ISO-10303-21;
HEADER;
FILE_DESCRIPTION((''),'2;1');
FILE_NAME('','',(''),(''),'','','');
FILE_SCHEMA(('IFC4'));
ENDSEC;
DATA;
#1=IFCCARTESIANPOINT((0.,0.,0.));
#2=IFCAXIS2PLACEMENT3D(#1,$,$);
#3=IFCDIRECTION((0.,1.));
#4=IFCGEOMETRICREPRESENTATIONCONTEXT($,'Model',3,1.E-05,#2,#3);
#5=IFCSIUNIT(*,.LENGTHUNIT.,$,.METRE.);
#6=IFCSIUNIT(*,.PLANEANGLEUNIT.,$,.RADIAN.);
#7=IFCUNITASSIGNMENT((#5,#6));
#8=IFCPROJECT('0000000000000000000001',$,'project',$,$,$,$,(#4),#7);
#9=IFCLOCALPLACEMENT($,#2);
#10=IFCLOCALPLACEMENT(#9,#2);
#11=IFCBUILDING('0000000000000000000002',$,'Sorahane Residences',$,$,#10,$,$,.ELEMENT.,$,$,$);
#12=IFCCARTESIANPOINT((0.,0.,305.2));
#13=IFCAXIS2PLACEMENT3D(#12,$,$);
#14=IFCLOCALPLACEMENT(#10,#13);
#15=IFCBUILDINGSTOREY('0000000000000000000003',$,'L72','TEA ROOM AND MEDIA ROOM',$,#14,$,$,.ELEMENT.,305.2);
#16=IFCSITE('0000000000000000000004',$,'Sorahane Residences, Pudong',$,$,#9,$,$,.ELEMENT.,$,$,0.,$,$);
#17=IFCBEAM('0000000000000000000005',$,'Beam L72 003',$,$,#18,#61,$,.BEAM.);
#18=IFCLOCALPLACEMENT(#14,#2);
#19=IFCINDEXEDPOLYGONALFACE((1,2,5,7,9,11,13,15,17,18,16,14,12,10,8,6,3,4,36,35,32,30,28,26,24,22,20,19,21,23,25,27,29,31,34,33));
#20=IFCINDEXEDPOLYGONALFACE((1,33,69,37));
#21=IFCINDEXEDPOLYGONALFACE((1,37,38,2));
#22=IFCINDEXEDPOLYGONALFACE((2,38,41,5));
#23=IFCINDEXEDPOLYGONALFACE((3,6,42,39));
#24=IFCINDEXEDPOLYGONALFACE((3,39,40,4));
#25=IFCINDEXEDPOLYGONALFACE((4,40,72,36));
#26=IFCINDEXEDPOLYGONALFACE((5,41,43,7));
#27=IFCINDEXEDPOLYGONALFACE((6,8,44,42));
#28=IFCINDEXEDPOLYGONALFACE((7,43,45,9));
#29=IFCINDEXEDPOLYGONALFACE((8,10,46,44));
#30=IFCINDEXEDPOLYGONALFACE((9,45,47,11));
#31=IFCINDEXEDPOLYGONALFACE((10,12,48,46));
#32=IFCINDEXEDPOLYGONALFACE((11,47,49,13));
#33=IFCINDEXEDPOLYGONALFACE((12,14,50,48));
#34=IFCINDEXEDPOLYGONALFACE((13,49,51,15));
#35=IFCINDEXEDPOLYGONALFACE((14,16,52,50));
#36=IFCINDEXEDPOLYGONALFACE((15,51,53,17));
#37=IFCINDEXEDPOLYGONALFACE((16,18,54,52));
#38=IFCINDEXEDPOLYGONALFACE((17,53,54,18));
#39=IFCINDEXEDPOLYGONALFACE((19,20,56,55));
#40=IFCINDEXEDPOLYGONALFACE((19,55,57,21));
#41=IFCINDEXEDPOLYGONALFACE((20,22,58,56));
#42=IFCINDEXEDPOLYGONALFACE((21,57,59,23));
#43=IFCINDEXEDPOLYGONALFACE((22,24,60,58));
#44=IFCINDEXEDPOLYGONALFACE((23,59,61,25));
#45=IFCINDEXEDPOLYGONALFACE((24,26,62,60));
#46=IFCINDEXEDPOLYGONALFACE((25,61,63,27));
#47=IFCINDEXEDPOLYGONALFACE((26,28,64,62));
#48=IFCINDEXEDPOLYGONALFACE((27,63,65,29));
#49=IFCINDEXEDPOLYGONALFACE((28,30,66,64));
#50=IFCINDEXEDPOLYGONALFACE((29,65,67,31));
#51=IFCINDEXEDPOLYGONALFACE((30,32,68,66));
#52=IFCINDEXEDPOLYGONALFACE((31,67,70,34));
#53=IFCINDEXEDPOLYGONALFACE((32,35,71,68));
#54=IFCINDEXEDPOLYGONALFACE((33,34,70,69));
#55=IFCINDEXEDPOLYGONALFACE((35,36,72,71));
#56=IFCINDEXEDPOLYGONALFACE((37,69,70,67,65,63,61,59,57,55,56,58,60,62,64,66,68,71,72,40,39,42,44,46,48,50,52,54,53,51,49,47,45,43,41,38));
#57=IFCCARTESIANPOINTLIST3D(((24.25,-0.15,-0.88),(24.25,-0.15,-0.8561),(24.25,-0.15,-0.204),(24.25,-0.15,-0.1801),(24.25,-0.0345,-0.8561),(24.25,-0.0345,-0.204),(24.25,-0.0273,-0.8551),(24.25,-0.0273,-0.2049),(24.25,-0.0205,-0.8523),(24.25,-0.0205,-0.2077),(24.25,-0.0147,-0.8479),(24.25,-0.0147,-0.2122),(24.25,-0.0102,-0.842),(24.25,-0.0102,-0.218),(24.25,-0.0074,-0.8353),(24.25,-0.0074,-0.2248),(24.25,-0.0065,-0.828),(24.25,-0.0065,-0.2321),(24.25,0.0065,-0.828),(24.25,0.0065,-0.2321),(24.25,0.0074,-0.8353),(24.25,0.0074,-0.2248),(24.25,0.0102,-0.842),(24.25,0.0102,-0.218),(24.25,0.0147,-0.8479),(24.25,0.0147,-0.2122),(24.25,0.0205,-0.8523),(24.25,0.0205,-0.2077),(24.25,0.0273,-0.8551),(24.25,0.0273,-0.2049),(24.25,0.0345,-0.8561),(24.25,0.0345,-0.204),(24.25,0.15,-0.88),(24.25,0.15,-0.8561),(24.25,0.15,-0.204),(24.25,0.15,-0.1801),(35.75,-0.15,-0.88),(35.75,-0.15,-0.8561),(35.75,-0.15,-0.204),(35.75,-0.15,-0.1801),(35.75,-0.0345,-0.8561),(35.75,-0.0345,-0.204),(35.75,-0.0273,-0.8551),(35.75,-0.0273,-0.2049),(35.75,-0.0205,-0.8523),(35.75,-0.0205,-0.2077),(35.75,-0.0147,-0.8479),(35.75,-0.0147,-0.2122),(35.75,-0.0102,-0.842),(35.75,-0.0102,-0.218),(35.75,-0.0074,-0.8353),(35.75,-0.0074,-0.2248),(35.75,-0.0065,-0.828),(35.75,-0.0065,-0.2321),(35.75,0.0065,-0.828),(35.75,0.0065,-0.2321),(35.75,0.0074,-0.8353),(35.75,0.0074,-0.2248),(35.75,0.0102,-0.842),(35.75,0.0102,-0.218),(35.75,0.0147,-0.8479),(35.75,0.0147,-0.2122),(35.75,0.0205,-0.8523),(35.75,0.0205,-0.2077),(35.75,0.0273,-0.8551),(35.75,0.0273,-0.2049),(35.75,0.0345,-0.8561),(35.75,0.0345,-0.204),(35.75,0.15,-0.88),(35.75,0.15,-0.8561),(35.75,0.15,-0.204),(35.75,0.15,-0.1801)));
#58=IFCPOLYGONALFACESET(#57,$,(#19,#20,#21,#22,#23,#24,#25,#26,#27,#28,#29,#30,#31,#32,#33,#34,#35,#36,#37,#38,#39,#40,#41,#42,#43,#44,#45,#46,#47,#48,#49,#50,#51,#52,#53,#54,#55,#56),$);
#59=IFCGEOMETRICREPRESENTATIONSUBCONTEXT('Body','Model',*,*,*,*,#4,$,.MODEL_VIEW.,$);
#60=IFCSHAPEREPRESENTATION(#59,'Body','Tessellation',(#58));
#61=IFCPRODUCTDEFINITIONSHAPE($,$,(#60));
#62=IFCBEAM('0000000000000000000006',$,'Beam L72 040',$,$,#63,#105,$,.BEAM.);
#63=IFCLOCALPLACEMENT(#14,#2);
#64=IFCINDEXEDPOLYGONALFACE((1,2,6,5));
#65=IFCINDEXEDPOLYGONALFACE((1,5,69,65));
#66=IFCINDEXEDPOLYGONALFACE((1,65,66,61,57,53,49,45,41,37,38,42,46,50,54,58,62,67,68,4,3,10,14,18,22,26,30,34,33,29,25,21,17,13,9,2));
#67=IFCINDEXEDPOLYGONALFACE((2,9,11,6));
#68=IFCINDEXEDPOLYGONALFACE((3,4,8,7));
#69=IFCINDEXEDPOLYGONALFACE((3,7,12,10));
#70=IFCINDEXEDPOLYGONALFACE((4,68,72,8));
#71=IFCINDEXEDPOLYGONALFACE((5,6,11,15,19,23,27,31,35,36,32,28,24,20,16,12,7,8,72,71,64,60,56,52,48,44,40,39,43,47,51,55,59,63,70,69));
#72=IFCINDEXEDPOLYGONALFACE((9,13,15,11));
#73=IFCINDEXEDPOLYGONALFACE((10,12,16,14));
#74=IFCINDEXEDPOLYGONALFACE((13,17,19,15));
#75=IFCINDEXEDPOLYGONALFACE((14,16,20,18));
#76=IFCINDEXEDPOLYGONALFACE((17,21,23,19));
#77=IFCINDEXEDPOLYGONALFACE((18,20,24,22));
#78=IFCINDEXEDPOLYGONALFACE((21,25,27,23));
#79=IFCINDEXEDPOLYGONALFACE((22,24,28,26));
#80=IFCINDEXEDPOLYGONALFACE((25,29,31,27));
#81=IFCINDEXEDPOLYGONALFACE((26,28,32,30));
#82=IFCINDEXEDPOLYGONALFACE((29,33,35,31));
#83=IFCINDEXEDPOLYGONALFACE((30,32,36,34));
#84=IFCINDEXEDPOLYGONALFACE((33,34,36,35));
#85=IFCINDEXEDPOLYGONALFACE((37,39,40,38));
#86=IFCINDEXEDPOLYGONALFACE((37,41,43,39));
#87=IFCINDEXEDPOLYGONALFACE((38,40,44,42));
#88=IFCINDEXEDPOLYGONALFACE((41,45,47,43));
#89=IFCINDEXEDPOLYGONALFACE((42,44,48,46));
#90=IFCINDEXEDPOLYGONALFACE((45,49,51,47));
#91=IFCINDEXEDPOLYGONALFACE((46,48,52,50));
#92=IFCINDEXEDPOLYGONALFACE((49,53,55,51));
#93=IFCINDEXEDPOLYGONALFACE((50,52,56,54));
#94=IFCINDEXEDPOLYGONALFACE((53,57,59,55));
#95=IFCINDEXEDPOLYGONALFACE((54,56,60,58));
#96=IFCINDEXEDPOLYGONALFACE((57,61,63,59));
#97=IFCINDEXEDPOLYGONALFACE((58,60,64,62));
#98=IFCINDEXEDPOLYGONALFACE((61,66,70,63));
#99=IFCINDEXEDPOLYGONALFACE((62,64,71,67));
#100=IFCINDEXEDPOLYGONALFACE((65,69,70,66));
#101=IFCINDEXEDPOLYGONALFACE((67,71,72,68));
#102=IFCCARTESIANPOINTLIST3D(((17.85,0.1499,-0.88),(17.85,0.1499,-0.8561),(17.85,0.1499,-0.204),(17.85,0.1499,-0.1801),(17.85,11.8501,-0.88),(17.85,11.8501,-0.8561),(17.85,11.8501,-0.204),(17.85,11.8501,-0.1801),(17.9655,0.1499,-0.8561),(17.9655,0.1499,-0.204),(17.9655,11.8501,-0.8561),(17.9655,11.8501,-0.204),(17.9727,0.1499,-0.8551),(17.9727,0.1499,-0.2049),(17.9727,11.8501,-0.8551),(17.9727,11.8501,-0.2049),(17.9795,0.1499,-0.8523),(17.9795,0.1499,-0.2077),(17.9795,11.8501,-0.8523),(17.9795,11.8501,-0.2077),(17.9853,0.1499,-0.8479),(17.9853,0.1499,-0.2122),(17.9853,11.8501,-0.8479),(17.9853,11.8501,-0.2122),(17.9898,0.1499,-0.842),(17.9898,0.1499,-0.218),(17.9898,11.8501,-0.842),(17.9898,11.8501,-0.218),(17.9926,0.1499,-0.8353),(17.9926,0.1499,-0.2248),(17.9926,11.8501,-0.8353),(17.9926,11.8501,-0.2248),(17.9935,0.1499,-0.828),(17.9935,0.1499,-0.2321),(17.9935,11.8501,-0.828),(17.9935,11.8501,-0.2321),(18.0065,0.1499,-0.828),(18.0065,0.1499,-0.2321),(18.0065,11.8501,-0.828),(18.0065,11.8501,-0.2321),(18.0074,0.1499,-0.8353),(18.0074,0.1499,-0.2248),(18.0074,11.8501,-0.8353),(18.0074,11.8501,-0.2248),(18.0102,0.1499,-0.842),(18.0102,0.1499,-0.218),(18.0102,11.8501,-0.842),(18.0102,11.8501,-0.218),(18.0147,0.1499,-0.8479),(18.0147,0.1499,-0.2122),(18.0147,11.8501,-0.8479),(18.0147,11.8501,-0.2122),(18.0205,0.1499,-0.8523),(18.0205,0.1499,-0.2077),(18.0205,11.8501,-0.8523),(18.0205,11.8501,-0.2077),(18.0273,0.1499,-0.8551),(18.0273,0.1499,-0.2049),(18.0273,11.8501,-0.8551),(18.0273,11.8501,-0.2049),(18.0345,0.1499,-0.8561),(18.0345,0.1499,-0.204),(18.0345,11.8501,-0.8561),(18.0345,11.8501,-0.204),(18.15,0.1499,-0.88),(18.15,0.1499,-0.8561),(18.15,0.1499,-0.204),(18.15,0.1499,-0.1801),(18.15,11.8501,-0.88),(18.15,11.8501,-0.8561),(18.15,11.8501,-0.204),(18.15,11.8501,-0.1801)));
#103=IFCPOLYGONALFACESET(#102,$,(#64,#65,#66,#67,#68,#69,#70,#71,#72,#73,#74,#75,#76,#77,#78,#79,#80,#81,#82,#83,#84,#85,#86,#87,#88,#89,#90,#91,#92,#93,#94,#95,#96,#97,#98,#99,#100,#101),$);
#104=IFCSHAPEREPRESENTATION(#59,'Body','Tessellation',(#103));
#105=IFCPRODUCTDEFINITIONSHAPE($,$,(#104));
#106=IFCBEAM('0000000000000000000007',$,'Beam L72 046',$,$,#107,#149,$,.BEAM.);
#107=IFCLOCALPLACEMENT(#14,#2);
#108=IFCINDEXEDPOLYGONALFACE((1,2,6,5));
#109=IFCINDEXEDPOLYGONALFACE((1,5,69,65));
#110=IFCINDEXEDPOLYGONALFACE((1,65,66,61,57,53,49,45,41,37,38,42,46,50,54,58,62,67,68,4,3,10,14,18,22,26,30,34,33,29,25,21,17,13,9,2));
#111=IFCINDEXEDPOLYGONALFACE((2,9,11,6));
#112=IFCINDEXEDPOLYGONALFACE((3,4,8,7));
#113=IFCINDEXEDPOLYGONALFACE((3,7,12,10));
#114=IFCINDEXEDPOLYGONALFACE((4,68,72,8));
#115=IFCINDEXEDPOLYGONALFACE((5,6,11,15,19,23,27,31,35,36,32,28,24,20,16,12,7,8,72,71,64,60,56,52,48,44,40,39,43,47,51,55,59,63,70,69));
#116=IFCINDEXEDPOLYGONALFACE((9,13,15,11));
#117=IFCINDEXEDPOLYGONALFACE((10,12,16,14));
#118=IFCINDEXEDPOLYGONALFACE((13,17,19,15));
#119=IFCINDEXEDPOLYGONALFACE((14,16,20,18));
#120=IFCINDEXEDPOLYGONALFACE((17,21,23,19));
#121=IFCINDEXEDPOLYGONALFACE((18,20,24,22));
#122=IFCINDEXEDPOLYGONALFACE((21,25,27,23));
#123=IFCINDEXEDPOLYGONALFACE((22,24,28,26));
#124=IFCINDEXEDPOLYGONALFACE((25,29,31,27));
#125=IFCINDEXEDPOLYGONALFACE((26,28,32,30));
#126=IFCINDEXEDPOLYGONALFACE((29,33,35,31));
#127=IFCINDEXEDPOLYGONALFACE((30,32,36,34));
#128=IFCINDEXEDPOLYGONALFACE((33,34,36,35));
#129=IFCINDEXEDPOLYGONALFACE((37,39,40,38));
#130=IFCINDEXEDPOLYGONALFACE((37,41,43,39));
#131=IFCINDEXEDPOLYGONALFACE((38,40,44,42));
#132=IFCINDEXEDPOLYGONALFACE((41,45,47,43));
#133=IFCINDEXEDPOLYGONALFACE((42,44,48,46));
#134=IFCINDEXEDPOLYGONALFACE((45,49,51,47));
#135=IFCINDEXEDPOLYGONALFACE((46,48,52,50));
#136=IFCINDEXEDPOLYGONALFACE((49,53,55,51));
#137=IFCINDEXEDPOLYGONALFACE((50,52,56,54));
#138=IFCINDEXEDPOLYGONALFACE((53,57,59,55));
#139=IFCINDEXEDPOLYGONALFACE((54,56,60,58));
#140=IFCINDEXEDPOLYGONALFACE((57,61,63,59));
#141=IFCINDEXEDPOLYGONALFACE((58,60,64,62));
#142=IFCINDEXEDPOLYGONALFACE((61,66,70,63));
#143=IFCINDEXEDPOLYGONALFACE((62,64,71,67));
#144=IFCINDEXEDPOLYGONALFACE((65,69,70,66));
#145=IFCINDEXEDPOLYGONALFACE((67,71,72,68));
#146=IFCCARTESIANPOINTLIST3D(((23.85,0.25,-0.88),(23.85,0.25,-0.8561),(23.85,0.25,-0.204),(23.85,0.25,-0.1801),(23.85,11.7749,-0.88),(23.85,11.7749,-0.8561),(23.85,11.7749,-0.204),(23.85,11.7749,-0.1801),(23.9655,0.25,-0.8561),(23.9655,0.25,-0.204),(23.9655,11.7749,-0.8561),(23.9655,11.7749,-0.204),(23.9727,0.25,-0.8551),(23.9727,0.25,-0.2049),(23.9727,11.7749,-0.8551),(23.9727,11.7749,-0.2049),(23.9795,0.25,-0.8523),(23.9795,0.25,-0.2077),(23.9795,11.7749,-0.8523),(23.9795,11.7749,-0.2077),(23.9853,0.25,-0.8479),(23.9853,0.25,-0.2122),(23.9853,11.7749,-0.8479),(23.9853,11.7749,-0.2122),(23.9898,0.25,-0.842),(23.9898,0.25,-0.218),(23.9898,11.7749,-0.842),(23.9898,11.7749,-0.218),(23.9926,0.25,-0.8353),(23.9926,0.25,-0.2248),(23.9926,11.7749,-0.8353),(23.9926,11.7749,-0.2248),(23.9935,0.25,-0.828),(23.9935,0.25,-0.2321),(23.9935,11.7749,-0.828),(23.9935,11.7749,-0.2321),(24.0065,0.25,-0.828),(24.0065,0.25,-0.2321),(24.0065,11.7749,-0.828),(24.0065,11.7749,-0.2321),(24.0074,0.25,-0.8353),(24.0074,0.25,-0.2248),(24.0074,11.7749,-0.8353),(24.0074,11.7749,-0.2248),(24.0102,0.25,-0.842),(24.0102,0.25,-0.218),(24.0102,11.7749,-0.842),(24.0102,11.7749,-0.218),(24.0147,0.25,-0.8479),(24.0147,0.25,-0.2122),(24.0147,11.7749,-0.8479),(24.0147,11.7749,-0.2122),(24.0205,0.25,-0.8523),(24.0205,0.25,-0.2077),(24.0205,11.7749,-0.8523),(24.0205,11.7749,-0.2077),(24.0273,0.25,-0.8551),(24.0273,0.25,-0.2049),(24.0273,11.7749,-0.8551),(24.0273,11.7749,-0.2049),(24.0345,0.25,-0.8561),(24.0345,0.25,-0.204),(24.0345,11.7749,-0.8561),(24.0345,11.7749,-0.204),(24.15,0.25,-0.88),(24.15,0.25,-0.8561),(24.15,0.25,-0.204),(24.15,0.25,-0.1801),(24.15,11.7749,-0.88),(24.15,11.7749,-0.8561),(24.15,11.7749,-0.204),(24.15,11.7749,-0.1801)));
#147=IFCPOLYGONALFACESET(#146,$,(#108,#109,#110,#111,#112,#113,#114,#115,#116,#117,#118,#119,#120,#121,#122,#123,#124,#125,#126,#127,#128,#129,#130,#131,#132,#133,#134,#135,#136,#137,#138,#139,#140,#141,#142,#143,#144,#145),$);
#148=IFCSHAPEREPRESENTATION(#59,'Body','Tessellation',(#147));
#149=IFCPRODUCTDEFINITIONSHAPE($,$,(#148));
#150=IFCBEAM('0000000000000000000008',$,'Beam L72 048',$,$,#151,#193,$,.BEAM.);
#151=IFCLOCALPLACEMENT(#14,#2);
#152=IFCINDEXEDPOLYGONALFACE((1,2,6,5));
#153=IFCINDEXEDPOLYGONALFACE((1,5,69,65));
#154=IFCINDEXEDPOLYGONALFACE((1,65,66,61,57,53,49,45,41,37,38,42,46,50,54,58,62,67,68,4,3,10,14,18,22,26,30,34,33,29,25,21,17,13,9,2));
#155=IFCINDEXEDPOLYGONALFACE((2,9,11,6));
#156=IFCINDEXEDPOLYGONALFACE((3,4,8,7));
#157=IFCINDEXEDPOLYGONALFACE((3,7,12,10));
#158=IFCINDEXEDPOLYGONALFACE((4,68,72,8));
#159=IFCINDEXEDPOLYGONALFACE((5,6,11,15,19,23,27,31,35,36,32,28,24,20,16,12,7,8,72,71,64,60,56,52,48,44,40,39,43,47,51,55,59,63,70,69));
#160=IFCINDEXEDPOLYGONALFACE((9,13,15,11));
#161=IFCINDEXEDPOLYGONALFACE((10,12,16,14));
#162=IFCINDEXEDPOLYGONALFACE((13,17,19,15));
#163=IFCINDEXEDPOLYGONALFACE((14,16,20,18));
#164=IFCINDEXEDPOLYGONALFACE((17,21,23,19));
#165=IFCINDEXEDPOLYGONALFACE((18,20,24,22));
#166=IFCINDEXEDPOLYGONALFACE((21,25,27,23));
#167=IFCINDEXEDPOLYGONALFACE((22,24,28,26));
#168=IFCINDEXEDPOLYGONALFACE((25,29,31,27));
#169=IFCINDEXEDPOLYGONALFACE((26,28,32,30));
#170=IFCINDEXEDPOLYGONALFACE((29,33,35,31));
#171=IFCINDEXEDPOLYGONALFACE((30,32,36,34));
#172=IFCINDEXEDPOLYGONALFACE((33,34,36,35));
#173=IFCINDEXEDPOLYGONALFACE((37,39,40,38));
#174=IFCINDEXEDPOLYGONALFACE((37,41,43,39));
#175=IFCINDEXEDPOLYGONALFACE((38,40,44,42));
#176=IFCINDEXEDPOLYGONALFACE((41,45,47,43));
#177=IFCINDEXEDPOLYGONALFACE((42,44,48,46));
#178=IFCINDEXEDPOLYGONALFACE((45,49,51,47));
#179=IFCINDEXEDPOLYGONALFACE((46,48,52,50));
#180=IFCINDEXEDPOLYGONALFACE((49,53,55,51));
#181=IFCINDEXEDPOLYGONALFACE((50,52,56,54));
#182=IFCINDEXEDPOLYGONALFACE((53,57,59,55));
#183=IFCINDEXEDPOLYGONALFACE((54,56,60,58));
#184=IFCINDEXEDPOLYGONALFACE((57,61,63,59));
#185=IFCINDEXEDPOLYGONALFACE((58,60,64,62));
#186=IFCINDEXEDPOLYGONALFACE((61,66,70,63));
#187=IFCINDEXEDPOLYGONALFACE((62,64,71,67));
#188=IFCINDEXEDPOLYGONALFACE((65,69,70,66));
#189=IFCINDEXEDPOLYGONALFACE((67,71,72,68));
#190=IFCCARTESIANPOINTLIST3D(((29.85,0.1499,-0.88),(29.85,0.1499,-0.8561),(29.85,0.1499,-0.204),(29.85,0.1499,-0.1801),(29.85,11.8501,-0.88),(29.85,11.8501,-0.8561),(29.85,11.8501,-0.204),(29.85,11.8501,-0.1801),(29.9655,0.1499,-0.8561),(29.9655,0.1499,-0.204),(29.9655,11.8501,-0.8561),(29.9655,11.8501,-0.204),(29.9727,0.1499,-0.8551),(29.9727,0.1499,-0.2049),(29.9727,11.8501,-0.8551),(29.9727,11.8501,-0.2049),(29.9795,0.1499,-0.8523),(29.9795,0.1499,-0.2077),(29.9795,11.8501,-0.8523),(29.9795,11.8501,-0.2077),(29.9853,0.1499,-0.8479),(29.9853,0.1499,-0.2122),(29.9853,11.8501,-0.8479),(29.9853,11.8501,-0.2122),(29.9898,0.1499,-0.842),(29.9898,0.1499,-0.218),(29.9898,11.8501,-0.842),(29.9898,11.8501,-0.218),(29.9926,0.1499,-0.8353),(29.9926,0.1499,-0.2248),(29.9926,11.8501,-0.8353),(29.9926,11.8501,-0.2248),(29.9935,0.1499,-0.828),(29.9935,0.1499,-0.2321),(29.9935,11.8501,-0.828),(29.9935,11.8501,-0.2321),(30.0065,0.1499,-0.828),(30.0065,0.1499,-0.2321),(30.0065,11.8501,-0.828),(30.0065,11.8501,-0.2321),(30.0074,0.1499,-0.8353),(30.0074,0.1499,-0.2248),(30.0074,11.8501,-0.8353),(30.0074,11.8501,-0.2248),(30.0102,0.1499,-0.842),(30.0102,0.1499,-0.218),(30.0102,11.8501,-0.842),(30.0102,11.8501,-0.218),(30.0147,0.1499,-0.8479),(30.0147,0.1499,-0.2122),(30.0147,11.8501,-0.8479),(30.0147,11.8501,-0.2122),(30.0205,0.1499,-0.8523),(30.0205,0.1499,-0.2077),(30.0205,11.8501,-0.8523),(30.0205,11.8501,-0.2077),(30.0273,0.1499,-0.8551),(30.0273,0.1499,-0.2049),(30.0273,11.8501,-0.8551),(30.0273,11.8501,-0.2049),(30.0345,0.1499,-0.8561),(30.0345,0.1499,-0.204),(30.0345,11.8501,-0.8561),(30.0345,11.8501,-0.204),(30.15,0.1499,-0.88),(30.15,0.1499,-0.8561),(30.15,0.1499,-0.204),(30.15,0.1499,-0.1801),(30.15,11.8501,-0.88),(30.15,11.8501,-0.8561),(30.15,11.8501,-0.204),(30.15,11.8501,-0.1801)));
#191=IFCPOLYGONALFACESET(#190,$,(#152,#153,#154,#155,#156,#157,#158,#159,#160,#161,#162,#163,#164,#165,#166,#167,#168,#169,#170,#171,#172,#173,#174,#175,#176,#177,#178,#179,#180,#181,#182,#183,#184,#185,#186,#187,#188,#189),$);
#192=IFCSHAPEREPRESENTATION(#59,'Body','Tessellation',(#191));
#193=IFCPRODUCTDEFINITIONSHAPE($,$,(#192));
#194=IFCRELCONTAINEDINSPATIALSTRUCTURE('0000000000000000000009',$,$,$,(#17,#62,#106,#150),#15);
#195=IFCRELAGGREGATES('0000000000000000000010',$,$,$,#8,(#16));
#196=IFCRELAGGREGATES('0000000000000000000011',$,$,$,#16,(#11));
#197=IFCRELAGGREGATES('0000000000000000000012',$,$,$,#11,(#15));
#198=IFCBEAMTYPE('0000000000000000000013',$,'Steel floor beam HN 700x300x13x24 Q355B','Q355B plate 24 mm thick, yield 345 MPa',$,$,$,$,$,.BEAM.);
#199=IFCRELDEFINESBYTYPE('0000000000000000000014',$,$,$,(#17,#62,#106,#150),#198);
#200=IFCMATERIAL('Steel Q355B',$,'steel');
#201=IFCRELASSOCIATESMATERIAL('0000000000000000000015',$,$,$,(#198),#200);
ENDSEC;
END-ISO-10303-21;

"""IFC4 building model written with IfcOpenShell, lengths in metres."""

from ifc_helpers import new_model, si_unit, direction, frame, origin, origin_2d, place, context, subcontext, project, spatial, i_section, extrude, material, material_profile, profile_set, type_object, element, save


model = new_model("IFC4")

# Units and contexts
model_context = context("Model", 3, precision=1e-05, world=origin(), true_north=direction((0.0, 1.0)))
body_context = subcontext(model_context, "Body", "Model", "MODEL_VIEW")
ifc_project = project(units=[si_unit("LENGTHUNIT", "METRE"), si_unit("PLANEANGLEUNIT", "RADIAN")], contexts=[model_context])

# Site, building, storey
site_placement = place(None, origin())
site = spatial("IfcSite", under=ifc_project, at=site_placement, Name="Sorahane Residences, Pudong", CompositionType="ELEMENT", RefElevation=0.0)
building_placement = place(site_placement, origin())
building = spatial("IfcBuilding", under=site, at=building_placement, Name="Sorahane Residences", CompositionType="ELEMENT")
storey_placement = place(building_placement, frame((0.0, 0.0, 305.2)))
storey = spatial("IfcBuildingStorey", under=building, at=storey_placement, Name="L72", Description="TEA ROOM AND MEDIA ROOM", CompositionType="ELEMENT", Elevation=305.2)

# Beams
ifc_material_1 = material(Name="Steel Q355B", Category="steel")
ifc_material_profile_1 = material_profile(ifc_material_1, i_section(OverallWidth=0.3, OverallDepth=0.7, WebThickness=0.0129, FlangeThickness=0.0239, FilletRadius=0.0281, at=origin_2d()), Name="HN 700x300x13x24")
ifc_profile_set_1 = profile_set([ifc_material_profile_1], Name="Steel Q355B")
beam_type_1 = type_object("IfcBeamType", Name="Steel floor beam HN 700x300x13x24 Q355B", Description="Q355B plate 24 mm thick, yield 345 MPa", PredefinedType="BEAM", material=ifc_profile_set_1)
beam_1_placement = place(storey_placement, frame((24.25, 0.0, -0.53), z_axis=(1.0, 0.0, 0.0), x_axis=(0.0, 1.0, 0.0)))
element("IfcBeam", 1, at=beam_1_placement, inside=storey, type_object=beam_type_1, Name="Beam L72 003", PredefinedType="BEAM", context=body_context, shape_type="SweptSolid", body=[
    extrude(i_section(OverallWidth=0.3, OverallDepth=0.7, WebThickness=0.0129, FlangeThickness=0.0239, FilletRadius=0.0281, at=origin_2d()), origin(), (0.0, 0.0, 1.0), 11.5),
])
beam_2_placement = place(storey_placement, frame((18.0, 0.1499, -0.53), z_axis=(0.0, 1.0, 0.0), x_axis=(-1.0, 0.0, 0.0)))
element("IfcBeam", 2, at=beam_2_placement, inside=storey, type_object=beam_type_1, Name="Beam L72 040", PredefinedType="BEAM", context=body_context, shape_type="SweptSolid", body=[
    extrude(i_section(OverallWidth=0.3, OverallDepth=0.7, WebThickness=0.0129, FlangeThickness=0.0239, FilletRadius=0.0281, at=origin_2d()), origin(), (0.0, 0.0, 1.0), 11.7002),
])
beam_3_placement = place(storey_placement, frame((24.0, 0.25, -0.53), z_axis=(0.0, 1.0, 0.0), x_axis=(-1.0, 0.0, 0.0)))
element("IfcBeam", 3, at=beam_3_placement, inside=storey, type_object=beam_type_1, Name="Beam L72 046", PredefinedType="BEAM", context=body_context, shape_type="SweptSolid", body=[
    extrude(i_section(OverallWidth=0.3, OverallDepth=0.7, WebThickness=0.0129, FlangeThickness=0.0239, FilletRadius=0.0281, at=origin_2d()), origin(), (0.0, 0.0, 1.0), 11.5249),
])
beam_4_placement = place(storey_placement, frame((30.0, 0.1499, -0.53), z_axis=(0.0, 1.0, 0.0), x_axis=(-1.0, 0.0, 0.0)))
element("IfcBeam", 4, at=beam_4_placement, inside=storey, type_object=beam_type_1, Name="Beam L72 048", PredefinedType="BEAM", context=body_context, shape_type="SweptSolid", body=[
    extrude(i_section(OverallWidth=0.3, OverallDepth=0.7, WebThickness=0.0129, FlangeThickness=0.0239, FilletRadius=0.0281, at=origin_2d()), origin(), (0.0, 0.0, 1.0), 11.7002),
])

save(model, "model.ifc")
